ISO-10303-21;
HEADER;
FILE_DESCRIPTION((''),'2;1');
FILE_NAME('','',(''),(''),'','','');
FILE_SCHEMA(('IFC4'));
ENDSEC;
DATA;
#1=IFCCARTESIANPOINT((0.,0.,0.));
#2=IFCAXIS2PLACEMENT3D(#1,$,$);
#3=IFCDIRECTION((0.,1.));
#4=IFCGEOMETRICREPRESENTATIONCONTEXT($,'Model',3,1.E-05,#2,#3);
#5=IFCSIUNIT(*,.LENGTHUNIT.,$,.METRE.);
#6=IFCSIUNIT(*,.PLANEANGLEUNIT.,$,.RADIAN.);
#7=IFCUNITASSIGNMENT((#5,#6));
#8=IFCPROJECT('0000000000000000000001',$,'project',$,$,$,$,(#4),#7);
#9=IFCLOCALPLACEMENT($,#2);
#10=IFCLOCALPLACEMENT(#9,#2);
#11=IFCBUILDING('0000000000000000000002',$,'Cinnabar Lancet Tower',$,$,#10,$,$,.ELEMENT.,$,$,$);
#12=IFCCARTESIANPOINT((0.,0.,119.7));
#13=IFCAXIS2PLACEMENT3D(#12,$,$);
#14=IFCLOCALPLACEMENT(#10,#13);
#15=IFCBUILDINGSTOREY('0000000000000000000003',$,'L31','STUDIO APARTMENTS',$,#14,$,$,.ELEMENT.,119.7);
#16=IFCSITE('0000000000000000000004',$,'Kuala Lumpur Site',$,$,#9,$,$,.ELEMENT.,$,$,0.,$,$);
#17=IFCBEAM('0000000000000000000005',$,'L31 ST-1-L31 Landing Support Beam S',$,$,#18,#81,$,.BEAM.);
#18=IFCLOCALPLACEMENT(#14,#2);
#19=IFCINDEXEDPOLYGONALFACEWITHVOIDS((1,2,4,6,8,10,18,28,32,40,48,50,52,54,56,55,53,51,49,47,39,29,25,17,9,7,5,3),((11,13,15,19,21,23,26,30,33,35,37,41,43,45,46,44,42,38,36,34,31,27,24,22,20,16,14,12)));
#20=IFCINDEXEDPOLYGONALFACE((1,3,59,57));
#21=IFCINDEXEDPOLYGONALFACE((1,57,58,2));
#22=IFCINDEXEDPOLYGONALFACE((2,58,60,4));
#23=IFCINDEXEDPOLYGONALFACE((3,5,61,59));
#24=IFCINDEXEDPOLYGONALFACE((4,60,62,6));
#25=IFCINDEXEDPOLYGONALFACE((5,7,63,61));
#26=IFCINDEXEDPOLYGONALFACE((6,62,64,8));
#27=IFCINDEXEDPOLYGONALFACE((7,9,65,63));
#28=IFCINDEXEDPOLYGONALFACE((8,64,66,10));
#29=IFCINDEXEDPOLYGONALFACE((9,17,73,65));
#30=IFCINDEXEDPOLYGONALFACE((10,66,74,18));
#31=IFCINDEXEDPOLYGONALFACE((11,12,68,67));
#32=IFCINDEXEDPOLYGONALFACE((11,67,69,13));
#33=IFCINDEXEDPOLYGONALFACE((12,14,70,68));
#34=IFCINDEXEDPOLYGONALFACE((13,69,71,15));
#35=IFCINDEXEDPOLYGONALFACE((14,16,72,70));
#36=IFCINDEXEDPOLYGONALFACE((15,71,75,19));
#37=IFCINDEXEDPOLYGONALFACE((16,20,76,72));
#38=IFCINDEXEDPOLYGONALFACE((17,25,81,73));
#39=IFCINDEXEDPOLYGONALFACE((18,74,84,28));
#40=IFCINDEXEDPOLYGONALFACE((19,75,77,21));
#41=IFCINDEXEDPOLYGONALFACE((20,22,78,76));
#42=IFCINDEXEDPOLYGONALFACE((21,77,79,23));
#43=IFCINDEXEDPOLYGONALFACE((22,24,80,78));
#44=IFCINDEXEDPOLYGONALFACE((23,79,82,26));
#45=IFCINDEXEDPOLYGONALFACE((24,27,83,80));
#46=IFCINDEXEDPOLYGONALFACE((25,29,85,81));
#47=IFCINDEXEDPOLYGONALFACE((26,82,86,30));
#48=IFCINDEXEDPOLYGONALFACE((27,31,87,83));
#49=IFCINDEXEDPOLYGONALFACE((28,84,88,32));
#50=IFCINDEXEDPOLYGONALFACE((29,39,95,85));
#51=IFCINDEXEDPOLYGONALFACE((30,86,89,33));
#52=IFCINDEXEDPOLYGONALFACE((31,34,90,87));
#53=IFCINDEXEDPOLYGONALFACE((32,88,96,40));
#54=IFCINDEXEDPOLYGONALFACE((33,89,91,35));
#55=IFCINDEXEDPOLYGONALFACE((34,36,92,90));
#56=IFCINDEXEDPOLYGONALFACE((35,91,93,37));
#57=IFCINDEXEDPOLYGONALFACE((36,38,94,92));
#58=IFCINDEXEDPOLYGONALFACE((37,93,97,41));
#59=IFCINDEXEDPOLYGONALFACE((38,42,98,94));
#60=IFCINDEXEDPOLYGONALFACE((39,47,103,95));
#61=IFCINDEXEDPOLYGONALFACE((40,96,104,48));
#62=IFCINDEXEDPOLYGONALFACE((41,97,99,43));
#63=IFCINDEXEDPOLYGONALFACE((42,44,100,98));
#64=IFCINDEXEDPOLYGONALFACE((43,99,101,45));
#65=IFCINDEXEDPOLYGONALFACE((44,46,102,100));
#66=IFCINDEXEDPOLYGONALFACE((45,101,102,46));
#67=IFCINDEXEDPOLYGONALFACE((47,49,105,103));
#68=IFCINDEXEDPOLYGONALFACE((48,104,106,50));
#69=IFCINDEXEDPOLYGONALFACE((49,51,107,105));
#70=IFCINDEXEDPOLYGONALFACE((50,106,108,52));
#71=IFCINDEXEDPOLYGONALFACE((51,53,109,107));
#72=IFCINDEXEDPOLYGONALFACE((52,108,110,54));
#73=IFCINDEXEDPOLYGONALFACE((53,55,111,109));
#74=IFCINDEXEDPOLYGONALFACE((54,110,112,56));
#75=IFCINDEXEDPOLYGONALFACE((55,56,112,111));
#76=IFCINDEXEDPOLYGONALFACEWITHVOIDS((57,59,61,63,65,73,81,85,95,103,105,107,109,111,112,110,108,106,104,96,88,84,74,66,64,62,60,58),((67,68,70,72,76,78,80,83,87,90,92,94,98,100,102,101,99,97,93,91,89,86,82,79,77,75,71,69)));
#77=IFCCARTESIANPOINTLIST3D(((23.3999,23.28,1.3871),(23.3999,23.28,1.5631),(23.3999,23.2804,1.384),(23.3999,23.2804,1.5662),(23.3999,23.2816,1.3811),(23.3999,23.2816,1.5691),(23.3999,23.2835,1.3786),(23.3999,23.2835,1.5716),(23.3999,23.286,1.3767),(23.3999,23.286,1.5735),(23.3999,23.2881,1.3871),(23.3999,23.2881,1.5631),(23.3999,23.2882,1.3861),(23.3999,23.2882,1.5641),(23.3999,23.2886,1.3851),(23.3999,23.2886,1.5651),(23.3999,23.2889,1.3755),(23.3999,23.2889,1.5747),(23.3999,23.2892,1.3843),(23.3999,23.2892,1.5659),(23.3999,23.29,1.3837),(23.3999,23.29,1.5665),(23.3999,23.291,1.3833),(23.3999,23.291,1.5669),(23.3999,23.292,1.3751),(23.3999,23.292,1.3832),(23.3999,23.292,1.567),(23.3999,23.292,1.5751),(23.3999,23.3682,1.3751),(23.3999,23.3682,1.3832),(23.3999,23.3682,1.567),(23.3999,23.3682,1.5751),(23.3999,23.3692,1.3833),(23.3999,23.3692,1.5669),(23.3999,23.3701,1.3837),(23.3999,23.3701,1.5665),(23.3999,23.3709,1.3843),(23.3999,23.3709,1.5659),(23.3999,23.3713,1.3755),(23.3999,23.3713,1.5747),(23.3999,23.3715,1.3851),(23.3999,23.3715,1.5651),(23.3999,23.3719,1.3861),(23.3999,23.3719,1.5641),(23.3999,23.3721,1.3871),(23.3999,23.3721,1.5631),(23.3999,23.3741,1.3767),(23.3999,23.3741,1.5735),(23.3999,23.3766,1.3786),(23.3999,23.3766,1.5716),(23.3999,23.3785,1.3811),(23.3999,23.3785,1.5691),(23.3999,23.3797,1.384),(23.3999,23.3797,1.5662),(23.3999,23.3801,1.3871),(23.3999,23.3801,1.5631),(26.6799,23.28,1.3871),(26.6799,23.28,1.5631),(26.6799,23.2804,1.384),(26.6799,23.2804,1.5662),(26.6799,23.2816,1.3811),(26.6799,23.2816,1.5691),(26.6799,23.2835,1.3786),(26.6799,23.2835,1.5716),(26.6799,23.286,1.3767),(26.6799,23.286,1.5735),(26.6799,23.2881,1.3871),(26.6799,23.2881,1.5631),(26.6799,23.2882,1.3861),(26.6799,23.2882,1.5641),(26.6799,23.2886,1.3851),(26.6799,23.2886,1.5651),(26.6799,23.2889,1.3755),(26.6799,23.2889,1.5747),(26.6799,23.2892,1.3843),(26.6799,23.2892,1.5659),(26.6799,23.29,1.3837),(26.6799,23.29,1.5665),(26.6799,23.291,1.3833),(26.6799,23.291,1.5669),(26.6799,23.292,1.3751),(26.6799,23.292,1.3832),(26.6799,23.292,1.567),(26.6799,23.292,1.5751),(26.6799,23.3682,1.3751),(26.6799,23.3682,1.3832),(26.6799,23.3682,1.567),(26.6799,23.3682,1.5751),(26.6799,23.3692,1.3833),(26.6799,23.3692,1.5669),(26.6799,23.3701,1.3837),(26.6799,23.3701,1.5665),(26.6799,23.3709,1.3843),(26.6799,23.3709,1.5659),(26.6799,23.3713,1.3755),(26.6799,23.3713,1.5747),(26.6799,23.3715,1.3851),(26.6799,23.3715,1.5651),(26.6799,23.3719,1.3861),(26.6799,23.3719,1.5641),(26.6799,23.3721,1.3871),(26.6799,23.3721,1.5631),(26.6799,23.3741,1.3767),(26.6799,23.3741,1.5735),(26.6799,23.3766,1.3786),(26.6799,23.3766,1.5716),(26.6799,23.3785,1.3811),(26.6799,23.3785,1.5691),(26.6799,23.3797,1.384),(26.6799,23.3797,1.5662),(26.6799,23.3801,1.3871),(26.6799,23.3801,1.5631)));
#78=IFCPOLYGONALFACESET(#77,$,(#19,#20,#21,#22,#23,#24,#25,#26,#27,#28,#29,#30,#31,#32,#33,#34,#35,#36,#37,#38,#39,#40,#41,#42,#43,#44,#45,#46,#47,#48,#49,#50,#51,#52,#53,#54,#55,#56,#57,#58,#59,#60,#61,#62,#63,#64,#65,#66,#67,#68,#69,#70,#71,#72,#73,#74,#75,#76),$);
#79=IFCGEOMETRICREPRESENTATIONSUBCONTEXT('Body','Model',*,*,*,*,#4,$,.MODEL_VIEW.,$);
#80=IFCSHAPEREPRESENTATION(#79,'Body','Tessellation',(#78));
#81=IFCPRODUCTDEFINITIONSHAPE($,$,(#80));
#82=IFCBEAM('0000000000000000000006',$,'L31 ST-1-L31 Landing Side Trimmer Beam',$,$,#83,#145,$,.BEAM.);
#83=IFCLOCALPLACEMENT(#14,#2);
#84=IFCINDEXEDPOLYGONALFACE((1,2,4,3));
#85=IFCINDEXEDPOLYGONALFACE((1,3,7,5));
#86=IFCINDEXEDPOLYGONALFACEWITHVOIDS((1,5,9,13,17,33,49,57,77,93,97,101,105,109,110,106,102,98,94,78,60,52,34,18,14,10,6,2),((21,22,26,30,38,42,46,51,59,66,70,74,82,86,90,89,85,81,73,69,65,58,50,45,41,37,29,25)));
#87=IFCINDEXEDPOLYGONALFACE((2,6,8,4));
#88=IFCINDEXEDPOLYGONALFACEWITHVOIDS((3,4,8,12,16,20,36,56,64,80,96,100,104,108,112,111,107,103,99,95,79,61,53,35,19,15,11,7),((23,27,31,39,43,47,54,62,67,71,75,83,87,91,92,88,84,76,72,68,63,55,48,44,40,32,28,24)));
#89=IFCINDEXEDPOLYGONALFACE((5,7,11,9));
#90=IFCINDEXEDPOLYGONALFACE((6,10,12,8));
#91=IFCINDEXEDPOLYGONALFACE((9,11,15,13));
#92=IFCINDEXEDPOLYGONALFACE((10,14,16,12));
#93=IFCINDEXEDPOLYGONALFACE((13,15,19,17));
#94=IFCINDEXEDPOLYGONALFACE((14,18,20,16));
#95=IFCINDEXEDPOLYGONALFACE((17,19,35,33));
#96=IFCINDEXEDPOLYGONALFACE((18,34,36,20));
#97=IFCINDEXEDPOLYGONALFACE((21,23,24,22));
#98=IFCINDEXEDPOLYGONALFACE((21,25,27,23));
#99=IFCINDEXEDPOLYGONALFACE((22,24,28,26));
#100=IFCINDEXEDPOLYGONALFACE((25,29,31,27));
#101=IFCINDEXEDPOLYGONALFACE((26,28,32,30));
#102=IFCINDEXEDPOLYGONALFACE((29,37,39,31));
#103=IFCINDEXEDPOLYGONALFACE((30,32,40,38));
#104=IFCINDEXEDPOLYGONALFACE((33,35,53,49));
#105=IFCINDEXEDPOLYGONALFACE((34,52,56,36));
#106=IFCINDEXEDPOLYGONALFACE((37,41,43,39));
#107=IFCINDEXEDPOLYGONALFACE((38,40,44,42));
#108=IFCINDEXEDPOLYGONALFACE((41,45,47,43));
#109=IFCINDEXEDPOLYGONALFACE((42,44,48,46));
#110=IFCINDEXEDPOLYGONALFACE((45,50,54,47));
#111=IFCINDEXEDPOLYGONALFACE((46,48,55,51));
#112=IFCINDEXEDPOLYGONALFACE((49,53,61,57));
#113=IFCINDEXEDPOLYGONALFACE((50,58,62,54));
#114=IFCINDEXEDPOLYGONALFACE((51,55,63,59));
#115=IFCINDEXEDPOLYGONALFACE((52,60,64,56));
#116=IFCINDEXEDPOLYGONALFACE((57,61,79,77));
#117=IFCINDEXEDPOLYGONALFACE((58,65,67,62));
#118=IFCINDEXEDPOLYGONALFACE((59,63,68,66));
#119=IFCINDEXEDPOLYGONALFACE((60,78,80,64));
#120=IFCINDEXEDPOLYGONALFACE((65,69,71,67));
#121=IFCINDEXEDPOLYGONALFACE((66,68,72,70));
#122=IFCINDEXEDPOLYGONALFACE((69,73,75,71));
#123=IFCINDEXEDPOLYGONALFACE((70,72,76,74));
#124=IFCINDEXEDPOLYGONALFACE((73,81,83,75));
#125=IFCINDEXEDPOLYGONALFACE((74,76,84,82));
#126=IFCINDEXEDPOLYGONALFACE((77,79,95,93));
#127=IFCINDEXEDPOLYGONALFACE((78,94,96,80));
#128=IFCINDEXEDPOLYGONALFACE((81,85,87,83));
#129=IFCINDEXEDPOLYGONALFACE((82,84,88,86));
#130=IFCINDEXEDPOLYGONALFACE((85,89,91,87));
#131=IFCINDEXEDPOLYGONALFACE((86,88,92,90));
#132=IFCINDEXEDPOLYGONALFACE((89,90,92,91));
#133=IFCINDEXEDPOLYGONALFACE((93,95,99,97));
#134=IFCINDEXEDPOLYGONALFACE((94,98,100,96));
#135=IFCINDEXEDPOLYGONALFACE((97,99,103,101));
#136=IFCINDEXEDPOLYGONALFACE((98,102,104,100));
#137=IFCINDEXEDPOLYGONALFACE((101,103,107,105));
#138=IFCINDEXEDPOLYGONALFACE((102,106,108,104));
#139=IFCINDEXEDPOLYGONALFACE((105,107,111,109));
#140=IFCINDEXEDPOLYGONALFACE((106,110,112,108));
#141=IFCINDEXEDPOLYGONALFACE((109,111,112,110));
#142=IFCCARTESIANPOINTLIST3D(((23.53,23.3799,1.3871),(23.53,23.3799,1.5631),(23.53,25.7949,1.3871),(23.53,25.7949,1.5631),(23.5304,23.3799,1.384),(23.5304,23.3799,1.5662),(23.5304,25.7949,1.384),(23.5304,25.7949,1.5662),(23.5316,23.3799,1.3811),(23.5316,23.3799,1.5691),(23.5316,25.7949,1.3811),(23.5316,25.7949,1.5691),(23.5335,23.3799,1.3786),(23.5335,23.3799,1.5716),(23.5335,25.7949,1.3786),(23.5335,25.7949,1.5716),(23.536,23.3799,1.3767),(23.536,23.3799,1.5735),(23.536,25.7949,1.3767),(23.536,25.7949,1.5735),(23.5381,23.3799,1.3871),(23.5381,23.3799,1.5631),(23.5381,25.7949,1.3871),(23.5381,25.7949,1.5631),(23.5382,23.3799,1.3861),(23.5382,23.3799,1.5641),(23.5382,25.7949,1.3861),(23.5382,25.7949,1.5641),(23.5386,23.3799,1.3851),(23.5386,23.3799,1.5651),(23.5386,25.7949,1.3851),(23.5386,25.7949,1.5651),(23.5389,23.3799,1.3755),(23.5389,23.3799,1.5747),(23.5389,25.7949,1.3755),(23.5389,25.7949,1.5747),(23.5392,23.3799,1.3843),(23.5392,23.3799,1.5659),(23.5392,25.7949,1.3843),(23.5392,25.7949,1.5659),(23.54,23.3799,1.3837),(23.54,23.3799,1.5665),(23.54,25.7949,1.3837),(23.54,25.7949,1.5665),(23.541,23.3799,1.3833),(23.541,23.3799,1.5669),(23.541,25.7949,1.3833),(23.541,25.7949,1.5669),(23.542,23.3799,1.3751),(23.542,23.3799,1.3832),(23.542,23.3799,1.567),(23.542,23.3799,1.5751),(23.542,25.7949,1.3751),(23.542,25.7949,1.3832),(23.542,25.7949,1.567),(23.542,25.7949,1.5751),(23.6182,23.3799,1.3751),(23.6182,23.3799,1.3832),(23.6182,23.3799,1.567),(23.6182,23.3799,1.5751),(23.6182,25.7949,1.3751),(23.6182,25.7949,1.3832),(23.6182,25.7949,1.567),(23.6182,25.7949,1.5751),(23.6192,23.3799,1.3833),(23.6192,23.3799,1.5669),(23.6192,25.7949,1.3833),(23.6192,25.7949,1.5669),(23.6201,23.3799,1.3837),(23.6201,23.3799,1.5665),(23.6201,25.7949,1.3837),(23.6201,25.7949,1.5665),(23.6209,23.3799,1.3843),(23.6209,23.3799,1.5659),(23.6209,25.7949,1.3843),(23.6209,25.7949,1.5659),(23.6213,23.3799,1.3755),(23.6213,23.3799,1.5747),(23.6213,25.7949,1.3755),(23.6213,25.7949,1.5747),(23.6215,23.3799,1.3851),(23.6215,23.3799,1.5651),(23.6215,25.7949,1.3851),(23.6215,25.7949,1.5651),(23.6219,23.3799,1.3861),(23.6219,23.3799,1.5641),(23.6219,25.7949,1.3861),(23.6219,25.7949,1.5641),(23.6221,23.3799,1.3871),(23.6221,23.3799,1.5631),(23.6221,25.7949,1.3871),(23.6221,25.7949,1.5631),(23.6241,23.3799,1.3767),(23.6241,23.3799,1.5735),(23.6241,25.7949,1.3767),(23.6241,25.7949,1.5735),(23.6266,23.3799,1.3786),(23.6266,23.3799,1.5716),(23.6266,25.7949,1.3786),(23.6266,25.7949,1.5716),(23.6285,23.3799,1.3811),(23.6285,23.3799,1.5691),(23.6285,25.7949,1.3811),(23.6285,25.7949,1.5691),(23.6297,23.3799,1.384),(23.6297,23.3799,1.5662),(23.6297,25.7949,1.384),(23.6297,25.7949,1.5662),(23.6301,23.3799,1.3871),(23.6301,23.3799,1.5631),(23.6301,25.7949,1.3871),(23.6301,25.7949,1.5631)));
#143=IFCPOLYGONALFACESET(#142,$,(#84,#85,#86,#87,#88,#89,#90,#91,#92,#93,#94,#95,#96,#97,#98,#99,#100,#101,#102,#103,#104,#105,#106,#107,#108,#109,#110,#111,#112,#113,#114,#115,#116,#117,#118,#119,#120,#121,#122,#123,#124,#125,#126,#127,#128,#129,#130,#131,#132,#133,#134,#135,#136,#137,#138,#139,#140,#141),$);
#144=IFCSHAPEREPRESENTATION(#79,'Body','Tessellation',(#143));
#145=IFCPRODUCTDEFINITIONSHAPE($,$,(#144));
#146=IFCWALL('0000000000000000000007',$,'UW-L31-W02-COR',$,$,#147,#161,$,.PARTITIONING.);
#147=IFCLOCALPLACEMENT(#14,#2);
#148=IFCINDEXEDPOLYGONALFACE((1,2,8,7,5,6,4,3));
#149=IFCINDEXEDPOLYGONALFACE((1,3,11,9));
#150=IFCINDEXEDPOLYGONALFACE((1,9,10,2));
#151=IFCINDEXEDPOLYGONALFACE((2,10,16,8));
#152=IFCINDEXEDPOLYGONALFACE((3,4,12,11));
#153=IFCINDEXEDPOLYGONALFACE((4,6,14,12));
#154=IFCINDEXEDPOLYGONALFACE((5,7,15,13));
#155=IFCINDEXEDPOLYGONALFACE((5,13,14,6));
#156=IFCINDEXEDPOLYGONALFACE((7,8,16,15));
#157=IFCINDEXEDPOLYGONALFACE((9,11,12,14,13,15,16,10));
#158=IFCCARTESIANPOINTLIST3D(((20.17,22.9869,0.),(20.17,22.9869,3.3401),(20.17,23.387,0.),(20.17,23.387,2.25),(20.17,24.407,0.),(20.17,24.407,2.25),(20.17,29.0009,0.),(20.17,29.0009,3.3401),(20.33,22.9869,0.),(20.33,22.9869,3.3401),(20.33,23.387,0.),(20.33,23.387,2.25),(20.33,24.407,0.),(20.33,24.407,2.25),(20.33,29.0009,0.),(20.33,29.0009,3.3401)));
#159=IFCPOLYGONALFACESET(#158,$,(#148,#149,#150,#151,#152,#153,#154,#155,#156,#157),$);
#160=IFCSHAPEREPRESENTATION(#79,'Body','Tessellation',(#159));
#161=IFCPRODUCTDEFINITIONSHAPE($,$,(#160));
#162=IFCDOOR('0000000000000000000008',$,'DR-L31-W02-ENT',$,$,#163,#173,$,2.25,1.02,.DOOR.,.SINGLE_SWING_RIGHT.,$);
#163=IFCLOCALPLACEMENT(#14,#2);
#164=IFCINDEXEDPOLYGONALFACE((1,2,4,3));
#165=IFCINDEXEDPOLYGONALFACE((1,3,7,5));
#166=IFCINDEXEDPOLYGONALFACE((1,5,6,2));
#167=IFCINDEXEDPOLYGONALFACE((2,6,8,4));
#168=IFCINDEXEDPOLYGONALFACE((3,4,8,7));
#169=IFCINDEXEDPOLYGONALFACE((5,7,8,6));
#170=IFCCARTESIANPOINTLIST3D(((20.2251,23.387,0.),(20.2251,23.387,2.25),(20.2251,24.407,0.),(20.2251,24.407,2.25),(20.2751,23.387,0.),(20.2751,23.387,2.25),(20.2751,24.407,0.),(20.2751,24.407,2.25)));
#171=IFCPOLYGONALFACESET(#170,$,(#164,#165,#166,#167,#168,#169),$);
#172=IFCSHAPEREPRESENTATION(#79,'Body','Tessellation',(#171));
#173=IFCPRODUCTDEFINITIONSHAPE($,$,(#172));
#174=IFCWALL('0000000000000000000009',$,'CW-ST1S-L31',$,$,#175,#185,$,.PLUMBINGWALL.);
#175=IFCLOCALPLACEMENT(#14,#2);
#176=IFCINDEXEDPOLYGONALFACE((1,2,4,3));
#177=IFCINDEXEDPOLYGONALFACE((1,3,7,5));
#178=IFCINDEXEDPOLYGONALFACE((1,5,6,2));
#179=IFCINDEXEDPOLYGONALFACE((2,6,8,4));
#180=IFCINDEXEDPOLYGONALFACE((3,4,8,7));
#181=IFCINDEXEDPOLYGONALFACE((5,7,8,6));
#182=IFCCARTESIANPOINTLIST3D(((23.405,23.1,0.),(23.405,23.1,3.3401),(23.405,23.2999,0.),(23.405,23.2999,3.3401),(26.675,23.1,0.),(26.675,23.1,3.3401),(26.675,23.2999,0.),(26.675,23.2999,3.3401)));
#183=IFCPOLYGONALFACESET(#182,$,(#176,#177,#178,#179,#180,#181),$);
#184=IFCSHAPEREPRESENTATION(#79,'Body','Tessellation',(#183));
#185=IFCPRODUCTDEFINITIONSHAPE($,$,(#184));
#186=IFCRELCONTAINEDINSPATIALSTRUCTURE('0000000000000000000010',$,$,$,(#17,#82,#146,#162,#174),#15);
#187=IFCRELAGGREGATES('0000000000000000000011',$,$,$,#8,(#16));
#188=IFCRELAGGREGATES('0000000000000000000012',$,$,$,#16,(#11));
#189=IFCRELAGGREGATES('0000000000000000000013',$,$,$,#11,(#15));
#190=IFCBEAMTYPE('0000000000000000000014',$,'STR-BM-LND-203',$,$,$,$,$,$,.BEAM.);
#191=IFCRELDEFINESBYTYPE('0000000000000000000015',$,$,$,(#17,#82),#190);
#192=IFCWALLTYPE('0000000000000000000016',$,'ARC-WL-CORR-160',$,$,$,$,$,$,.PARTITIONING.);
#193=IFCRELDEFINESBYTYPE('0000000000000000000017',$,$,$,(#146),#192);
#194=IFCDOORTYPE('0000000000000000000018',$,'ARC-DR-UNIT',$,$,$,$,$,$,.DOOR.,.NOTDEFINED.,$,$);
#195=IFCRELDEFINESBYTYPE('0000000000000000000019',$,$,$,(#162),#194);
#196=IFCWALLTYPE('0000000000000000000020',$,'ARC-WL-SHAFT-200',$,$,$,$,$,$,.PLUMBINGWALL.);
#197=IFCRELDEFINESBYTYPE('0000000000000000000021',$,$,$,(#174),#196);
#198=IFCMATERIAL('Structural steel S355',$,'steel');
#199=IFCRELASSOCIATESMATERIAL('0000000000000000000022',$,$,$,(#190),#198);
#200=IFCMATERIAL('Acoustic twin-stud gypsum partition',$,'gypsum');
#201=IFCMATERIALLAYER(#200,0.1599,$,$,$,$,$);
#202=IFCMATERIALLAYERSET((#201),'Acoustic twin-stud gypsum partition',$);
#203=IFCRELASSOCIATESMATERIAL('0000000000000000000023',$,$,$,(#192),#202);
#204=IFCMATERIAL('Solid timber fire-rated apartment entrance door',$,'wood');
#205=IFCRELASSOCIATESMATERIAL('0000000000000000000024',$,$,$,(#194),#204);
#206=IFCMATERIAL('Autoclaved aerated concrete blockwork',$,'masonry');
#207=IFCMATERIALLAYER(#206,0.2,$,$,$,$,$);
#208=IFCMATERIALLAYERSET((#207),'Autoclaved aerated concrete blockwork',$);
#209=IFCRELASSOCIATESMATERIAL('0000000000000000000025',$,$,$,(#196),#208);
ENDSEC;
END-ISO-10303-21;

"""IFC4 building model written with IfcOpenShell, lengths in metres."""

from ifc_helpers import new_model, si_unit, direction, frame, frame_2d, origin, origin_2d, place, context, subcontext, project, spatial, rectangle, hollow_rectangle, extrude, material, layer, layer_set, material_profile, profile_set, type_object, element, fill, save


model = new_model("IFC4")

# Units and contexts
model_context = context("Model", 3, precision=1e-05, world=origin(), true_north=direction((0.0, 1.0)))
body_context = subcontext(model_context, "Body", "Model", "MODEL_VIEW")
ifc_project = project(units=[si_unit("LENGTHUNIT", "METRE"), si_unit("PLANEANGLEUNIT", "RADIAN")], contexts=[model_context])

# Site, building, storey
site_placement = place(None, origin())
site = spatial("IfcSite", under=ifc_project, at=site_placement, Name="Kuala Lumpur Site", CompositionType="ELEMENT", RefElevation=0.0)
building_placement = place(site_placement, origin())
building = spatial("IfcBuilding", under=site, at=building_placement, Name="Cinnabar Lancet Tower", CompositionType="ELEMENT")
storey_placement = place(building_placement, frame((0.0, 0.0, 119.7)))
storey = spatial("IfcBuildingStorey", under=building, at=storey_placement, Name="L31", Description="STUDIO APARTMENTS", CompositionType="ELEMENT", Elevation=119.7)

# Beams
ifc_material_1 = material(Name="Structural steel S355", Category="steel")
ifc_material_profile = material_profile(ifc_material_1, hollow_rectangle(XDim=0.1001, YDim=0.2, WallThickness=0.0081, InnerFilletRadius=0.0039, OuterFilletRadius=0.012, at=origin_2d()), Name="RHS 200x100x8")
ifc_profile_set = profile_set([ifc_material_profile], Name="Structural steel S355")
beam_type = type_object("IfcBeamType", Name="STR-BM-LND-203", PredefinedType="BEAM", material=ifc_profile_set)
beam_1_placement = place(storey_placement, frame((23.3999, 23.3301, 1.4751), z_axis=(1.0, 0.0, 0.0), x_axis=(0.0, 1.0, 0.0)))
element("IfcBeam", 1, at=beam_1_placement, inside=storey, type_object=beam_type, Name="L31 ST-1-L31 Landing Support Beam S", PredefinedType="BEAM", context=body_context, shape_type="SweptSolid", body=[
    extrude(hollow_rectangle(XDim=0.1001, YDim=0.2, WallThickness=0.0081, InnerFilletRadius=0.0039, OuterFilletRadius=0.012, at=origin_2d()), origin(), (0.0, 0.0, 1.0), 3.28),
])
beam_2_placement = place(storey_placement, frame((23.5801, 23.3799, 1.4751), z_axis=(0.0, 1.0, 0.0), x_axis=(-1.0, 0.0, 0.0)))
element("IfcBeam", 2, at=beam_2_placement, inside=storey, type_object=beam_type, Name="L31 ST-1-L31 Landing Side Trimmer Beam", PredefinedType="BEAM", context=body_context, shape_type="SweptSolid", body=[
    extrude(hollow_rectangle(XDim=0.1001, YDim=0.2, WallThickness=0.0081, InnerFilletRadius=0.0039, OuterFilletRadius=0.012, at=origin_2d()), origin(), (0.0, 0.0, 1.0), 2.415),
])

# Wall, opening, door
ifc_material_2 = material(Name="Acoustic twin-stud gypsum partition", Category="gypsum")
ifc_layer_1 = layer(ifc_material_2, 0.1599)
ifc_layer_set_1 = layer_set([ifc_layer_1], Name="Acoustic twin-stud gypsum partition")
wall_type_1 = type_object("IfcWallType", Name="ARC-WL-CORR-160", PredefinedType="PARTITIONING", material=ifc_layer_set_1)
wall_1_placement = place(storey_placement, frame((20.25, 22.9871, 0.0), z_axis=(0.0, 0.0, 1.0), x_axis=(0.0, 1.0, 0.0)))
wall_1 = element("IfcWall", 3, at=wall_1_placement, inside=storey, type_object=wall_type_1, Name="UW-L31-W02-COR", PredefinedType="PARTITIONING", context=body_context, shape_type="SweptSolid", body=[
    extrude(rectangle(XDim=6.0139, YDim=0.1599, at=frame_2d((3.0068, 0.0))), origin(), (0.0, 0.0, 1.0), 3.3401),
])
opening_1_placement = place(wall_1_placement, frame((0.3999, 0.0, 0.0)))
opening_1 = element("IfcOpeningElement", 4, at=opening_1_placement, cuts=wall_1, PredefinedType="OPENING", context=body_context, shape_type="SweptSolid", body=[
    extrude(rectangle(XDim=1.02, YDim=2.25, at=frame_2d((0.51, 1.125))), frame((0.0, 0.0898, 0.0), z_axis=(0.0, -1.0, 0.0), x_axis=(1.0, 0.0, 0.0)), (0.0, 0.0, 1.0), 0.1799),
])
ifc_material_3 = material(Name="Solid timber fire-rated apartment entrance door", Category="wood")
door_type_1 = type_object("IfcDoorType", Name="ARC-DR-UNIT", OperationType="NOTDEFINED", PredefinedType="DOOR", material=ifc_material_3)
door_1_placement = place(opening_1_placement, origin())
door_1 = element("IfcDoor", 5, at=door_1_placement, inside=storey, type_object=door_type_1, Name="DR-L31-W02-ENT", OperationType="SINGLE_SWING_RIGHT", OverallHeight=2.25, OverallWidth=1.02, PredefinedType="DOOR", context=body_context, shape_type="SweptSolid", body=[
    extrude(rectangle(XDim=1.02, YDim=2.25, at=frame_2d((0.51, 1.125))), frame((0.0, 0.0249, 0.0), z_axis=(0.0, -1.0, 0.0), x_axis=(1.0, 0.0, 0.0)), (0.0, 0.0, 1.0), 0.05),
])
fill(opening_1, door_1)

# Wall
ifc_material_4 = material(Name="Autoclaved aerated concrete blockwork", Category="masonry")
ifc_layer_2 = layer(ifc_material_4, 0.2)
ifc_layer_set_2 = layer_set([ifc_layer_2], Name="Autoclaved aerated concrete blockwork")
wall_type_2 = type_object("IfcWallType", Name="ARC-WL-SHAFT-200", PredefinedType="PLUMBINGWALL", material=ifc_layer_set_2)
wall_2_placement = place(storey_placement, frame((23.405, 23.2, 0.0), z_axis=(0.0, 0.0, 1.0), x_axis=(1.0, 0.0, 0.0)))
element("IfcWall", 6, at=wall_2_placement, inside=storey, type_object=wall_type_2, Name="CW-ST1S-L31", PredefinedType="PLUMBINGWALL", context=body_context, shape_type="SweptSolid", body=[
    extrude(rectangle(XDim=3.27, YDim=0.2, at=frame_2d((1.635, 0.0))), origin(), (0.0, 0.0, 1.0), 3.3401),
])

save(model, "model.ifc")
